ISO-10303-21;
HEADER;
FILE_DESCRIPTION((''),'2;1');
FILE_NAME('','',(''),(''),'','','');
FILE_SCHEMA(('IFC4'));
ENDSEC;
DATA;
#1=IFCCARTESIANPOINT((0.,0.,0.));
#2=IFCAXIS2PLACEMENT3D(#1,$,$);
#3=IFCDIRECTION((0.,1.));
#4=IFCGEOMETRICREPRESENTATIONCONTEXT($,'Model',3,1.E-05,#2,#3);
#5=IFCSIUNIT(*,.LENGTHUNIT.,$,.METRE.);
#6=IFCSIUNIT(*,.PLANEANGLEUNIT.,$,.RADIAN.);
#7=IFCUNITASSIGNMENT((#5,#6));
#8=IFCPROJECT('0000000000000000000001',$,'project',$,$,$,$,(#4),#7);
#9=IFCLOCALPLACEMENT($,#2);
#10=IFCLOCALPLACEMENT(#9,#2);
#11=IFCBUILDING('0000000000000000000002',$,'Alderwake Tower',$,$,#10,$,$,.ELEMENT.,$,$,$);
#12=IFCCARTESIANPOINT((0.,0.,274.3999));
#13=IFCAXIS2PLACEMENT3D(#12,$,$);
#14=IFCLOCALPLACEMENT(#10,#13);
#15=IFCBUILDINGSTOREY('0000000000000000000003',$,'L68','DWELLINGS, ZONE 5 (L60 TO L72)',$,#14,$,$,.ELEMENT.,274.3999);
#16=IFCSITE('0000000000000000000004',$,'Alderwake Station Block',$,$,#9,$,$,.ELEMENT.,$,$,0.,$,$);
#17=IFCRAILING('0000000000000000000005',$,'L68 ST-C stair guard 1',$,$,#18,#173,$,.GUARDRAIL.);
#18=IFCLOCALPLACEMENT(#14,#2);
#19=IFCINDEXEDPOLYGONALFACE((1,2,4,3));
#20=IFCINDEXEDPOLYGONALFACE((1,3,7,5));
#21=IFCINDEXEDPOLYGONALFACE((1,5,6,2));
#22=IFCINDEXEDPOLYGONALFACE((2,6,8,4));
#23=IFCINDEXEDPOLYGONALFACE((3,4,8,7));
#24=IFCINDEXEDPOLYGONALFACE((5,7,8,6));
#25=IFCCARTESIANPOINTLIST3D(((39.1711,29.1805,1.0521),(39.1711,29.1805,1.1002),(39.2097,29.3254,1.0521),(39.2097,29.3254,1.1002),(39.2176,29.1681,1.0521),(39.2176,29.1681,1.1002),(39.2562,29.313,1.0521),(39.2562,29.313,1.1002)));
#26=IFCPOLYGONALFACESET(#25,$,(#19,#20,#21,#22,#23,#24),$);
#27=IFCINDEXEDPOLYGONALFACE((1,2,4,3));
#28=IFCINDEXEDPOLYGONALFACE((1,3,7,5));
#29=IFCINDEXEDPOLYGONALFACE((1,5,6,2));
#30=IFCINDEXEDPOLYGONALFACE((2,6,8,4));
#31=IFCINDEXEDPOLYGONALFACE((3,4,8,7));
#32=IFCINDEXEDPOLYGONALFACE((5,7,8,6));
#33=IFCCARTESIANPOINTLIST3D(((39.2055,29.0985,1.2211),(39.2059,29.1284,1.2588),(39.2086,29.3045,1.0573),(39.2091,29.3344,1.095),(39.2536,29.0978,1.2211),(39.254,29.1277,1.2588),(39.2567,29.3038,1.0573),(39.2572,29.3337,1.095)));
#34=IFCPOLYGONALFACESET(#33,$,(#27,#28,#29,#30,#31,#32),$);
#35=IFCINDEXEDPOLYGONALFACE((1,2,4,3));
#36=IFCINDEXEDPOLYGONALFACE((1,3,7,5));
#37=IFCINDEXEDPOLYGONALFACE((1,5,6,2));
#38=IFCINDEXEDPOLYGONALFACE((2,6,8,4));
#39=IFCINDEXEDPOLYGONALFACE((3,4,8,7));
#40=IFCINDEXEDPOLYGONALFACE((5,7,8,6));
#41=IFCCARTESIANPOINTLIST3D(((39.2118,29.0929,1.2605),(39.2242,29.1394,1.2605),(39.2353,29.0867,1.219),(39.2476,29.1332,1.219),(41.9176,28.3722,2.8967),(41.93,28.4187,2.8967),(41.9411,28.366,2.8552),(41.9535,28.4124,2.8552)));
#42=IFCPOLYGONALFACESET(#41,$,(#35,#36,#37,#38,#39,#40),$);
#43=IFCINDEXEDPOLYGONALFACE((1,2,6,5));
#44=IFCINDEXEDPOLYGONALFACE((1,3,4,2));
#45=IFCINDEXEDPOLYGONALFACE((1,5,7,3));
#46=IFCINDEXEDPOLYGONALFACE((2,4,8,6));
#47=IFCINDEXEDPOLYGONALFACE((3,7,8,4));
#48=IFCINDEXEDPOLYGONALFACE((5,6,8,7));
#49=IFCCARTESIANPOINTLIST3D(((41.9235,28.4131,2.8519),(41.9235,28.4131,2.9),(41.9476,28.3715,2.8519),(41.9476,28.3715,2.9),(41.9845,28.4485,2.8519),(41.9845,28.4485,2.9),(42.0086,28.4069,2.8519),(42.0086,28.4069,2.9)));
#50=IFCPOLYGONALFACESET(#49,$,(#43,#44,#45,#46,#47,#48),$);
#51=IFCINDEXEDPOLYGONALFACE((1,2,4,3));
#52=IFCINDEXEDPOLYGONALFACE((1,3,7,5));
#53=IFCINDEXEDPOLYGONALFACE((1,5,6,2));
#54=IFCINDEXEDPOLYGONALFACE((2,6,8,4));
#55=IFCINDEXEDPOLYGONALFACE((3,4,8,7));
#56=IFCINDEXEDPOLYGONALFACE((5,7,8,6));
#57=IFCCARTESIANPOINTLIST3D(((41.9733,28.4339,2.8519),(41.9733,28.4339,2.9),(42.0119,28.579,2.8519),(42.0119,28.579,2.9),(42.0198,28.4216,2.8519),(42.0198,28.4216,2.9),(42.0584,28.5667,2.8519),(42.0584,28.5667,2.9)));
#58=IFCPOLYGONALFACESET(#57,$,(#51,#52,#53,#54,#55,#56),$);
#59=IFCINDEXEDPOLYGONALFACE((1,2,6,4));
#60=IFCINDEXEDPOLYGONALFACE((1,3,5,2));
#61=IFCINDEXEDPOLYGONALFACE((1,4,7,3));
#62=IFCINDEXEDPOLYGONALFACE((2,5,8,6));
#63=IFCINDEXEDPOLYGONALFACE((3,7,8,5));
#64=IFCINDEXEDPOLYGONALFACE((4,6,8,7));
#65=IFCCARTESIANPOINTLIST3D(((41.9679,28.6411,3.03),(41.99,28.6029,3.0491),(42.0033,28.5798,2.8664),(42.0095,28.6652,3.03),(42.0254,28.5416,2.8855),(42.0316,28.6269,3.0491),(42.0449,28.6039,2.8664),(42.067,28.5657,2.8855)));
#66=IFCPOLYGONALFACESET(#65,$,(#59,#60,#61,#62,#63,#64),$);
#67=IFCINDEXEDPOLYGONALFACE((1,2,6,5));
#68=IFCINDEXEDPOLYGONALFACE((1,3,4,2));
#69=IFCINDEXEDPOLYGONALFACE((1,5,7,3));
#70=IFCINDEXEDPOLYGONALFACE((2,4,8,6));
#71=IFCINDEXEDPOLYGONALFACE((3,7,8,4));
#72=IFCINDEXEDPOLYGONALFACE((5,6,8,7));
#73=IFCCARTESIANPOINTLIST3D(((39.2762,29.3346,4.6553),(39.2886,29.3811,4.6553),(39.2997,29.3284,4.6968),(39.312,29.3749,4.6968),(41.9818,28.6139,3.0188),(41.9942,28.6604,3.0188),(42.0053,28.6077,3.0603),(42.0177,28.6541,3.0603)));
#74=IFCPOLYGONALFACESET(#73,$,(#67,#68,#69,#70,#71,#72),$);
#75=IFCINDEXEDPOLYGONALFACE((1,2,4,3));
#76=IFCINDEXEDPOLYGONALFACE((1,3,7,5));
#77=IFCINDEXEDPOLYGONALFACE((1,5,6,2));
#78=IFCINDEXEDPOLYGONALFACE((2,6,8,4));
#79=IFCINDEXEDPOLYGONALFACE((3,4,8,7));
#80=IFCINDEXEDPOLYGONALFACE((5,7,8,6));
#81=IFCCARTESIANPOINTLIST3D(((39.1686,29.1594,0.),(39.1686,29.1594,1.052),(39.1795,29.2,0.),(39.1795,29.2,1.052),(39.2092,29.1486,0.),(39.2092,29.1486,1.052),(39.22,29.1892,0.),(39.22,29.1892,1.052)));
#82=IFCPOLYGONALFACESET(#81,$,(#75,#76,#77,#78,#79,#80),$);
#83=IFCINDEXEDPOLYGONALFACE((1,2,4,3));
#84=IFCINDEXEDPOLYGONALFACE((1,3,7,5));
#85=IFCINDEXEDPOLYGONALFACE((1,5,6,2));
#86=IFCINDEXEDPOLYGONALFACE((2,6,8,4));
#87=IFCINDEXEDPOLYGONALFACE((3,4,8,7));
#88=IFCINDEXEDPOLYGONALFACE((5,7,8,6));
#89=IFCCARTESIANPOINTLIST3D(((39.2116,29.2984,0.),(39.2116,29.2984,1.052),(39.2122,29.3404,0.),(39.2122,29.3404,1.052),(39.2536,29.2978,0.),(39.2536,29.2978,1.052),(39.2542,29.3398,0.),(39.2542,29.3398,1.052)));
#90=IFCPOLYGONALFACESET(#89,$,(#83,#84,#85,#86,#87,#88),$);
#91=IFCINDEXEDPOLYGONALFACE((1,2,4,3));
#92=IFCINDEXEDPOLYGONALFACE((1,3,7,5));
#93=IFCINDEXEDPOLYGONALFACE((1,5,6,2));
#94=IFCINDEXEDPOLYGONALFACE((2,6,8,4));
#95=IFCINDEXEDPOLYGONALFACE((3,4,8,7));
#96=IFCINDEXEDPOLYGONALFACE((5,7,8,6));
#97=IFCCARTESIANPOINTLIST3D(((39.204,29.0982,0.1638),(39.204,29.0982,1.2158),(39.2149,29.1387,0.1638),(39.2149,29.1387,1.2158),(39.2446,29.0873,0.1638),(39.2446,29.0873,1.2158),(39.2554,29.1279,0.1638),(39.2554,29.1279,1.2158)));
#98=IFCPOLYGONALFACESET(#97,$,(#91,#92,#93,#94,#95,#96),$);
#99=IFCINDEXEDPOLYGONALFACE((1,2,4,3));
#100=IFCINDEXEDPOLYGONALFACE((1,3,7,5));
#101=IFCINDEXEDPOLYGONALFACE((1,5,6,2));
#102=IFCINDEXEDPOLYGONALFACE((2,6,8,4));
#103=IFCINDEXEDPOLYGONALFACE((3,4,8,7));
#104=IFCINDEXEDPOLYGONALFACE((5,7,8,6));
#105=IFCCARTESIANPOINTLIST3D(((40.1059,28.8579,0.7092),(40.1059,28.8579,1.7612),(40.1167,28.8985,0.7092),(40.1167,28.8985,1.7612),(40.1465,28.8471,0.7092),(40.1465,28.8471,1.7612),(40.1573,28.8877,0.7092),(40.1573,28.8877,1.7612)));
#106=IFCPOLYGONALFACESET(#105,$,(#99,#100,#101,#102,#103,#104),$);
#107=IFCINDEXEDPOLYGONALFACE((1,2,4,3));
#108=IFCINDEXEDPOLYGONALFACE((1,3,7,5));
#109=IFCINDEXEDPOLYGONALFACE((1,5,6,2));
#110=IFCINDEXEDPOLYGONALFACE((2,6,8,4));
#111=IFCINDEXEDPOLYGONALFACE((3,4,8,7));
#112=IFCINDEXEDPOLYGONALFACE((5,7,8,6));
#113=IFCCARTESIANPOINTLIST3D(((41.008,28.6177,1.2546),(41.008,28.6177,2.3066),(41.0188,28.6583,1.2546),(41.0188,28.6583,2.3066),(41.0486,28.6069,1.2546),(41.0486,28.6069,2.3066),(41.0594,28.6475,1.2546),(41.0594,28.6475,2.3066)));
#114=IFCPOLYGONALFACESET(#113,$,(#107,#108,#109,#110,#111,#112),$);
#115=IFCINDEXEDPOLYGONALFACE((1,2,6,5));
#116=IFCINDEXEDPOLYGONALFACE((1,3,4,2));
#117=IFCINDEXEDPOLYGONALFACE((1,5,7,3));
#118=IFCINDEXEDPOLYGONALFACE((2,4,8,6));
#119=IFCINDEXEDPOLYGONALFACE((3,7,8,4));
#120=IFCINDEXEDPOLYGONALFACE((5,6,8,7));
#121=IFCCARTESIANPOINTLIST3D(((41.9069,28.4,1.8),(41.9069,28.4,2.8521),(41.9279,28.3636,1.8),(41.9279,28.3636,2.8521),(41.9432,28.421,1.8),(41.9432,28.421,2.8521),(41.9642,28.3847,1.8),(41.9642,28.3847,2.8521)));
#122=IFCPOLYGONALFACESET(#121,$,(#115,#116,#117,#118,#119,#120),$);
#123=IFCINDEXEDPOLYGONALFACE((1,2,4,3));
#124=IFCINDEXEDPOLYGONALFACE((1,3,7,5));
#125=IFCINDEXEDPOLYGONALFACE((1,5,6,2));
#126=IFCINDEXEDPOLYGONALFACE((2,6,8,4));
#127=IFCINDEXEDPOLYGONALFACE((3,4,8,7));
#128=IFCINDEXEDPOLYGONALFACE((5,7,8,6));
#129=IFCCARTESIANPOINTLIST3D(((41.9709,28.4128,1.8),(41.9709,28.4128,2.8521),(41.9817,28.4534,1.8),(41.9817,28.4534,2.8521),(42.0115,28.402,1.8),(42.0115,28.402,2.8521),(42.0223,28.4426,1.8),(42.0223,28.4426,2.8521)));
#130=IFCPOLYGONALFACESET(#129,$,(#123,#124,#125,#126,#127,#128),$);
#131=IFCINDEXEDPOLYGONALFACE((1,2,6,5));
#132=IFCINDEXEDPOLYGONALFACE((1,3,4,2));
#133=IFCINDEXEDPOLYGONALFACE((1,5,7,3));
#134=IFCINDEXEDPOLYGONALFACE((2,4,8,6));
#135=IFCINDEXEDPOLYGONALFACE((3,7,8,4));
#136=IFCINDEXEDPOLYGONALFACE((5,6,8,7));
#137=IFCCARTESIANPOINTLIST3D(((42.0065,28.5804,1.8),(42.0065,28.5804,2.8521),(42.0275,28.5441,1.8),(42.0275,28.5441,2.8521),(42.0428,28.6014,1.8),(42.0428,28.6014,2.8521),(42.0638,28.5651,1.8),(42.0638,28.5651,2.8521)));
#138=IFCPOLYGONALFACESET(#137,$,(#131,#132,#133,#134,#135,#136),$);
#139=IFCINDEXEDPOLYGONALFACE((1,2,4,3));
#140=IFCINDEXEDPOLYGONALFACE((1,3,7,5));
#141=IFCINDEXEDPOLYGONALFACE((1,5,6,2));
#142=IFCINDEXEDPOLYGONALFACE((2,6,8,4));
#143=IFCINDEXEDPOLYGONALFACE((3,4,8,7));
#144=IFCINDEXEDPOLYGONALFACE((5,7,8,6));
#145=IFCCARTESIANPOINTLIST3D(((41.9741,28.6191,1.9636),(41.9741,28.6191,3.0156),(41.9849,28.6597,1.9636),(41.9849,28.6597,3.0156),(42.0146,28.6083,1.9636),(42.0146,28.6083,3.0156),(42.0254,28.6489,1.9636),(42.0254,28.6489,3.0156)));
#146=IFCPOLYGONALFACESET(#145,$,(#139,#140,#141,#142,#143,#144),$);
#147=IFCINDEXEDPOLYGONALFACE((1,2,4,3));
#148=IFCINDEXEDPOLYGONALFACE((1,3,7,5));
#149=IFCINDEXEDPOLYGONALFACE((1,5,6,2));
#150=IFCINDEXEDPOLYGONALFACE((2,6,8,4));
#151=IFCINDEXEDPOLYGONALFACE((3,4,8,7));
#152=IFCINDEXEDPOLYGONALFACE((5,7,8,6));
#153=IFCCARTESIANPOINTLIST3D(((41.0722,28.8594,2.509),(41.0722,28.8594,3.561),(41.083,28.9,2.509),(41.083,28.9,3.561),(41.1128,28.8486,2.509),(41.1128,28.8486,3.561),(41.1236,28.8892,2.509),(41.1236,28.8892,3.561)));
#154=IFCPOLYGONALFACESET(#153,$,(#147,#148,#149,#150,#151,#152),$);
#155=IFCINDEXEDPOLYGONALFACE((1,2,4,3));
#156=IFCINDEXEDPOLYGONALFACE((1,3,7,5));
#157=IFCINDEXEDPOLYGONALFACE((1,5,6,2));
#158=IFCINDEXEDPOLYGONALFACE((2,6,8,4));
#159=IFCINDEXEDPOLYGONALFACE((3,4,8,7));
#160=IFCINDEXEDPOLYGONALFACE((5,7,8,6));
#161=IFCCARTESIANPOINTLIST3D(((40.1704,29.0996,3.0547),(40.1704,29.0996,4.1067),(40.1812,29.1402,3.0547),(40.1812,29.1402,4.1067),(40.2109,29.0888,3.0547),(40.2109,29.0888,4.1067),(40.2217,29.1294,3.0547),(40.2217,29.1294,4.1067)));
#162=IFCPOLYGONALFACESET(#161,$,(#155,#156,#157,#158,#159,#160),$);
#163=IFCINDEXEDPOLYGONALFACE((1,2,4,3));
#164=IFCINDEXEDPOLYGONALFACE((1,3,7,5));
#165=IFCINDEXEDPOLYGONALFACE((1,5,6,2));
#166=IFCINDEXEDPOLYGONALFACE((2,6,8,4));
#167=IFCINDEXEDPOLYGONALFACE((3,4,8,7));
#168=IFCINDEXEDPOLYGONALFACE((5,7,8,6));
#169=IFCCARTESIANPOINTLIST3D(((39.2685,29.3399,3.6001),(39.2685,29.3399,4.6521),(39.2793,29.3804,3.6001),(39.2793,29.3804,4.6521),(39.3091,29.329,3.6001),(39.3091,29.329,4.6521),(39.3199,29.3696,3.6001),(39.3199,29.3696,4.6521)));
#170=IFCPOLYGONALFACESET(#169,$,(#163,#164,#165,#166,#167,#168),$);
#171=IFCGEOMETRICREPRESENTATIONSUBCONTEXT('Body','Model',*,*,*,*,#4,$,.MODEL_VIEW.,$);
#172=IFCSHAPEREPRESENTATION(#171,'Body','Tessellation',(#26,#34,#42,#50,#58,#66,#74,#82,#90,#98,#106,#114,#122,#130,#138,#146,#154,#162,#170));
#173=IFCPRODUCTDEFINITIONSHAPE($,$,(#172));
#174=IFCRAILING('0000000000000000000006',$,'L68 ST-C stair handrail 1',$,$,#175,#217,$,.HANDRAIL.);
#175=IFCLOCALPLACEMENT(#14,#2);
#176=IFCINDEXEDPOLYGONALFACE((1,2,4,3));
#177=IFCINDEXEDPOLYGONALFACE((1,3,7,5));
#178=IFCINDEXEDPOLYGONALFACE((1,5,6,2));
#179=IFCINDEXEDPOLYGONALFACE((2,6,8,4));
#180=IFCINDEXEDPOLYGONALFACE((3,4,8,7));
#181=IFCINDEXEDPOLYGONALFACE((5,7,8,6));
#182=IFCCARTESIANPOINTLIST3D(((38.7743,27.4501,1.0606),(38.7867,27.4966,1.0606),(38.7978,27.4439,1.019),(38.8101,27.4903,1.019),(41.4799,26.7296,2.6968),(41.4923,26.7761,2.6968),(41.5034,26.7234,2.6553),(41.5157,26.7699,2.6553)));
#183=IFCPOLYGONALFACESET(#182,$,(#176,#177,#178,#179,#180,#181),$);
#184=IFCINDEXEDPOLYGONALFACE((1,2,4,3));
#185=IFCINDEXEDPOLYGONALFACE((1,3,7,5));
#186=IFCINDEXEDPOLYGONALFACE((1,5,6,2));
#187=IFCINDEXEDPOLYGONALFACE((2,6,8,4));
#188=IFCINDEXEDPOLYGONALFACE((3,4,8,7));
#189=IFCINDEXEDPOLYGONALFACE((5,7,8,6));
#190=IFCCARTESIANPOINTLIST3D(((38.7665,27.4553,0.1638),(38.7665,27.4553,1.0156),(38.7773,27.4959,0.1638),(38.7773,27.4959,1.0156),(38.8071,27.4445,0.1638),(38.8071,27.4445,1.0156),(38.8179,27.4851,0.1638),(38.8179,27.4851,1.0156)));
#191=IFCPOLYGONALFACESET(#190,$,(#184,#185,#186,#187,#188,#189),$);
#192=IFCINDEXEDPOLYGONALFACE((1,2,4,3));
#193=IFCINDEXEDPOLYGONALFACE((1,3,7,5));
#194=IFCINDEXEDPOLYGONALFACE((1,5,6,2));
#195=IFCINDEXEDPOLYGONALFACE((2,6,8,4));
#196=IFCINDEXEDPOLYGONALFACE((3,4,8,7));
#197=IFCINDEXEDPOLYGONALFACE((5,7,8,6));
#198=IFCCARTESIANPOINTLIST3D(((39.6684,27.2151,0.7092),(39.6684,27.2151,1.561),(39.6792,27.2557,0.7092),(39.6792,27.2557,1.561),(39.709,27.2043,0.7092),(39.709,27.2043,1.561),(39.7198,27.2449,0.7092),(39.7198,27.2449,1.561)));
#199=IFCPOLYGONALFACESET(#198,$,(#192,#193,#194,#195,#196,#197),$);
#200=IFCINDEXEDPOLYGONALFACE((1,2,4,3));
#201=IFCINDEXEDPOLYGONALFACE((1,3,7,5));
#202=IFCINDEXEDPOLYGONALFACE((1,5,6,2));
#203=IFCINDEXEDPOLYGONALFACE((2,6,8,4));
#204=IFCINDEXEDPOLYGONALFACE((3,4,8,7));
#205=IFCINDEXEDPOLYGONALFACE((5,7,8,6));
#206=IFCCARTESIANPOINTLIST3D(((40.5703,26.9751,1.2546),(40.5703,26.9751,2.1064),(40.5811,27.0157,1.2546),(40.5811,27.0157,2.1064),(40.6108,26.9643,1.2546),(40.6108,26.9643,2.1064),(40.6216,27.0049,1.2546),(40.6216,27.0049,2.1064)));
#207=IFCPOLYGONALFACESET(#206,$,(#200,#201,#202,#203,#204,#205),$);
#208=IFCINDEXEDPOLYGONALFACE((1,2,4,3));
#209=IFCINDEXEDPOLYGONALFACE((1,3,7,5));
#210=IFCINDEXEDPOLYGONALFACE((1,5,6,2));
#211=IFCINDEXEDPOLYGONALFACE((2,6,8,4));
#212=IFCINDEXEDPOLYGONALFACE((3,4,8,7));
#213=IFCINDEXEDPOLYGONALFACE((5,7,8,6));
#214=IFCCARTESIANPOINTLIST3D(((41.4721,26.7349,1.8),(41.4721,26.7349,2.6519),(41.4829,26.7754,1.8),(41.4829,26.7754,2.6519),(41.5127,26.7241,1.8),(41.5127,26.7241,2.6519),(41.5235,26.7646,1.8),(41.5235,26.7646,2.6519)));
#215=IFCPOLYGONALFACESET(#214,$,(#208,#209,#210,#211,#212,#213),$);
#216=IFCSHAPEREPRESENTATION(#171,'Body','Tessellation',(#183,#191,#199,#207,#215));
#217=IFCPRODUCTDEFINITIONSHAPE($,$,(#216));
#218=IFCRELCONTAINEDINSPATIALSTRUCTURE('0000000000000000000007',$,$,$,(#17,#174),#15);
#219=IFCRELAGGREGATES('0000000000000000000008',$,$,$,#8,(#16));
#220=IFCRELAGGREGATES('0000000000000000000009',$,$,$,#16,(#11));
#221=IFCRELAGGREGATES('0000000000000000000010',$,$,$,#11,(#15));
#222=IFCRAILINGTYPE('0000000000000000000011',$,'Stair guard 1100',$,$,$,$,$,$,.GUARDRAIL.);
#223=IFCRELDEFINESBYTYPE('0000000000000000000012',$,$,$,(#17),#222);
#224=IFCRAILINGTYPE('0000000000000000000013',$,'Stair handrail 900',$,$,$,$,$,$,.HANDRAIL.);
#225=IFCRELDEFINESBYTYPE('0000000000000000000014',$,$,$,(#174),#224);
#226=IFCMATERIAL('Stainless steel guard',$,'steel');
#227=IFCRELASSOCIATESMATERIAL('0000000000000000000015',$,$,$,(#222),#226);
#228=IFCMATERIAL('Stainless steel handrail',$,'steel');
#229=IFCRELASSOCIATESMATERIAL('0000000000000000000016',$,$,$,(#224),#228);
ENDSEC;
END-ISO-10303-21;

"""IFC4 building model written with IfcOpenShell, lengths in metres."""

from ifc_helpers import new_model, si_unit, direction, frame, origin, origin_2d, place, context, subcontext, project, spatial, rectangle, extrude, material, type_object, element, save


model = new_model("IFC4")

# Units and contexts
model_context = context("Model", 3, precision=1e-05, world=origin(), true_north=direction((0.0, 1.0)))
body_context = subcontext(model_context, "Body", "Model", "MODEL_VIEW")
ifc_project = project(units=[si_unit("LENGTHUNIT", "METRE"), si_unit("PLANEANGLEUNIT", "RADIAN")], contexts=[model_context])

# Site, building, storey
site_placement = place(None, origin())
site = spatial("IfcSite", under=ifc_project, at=site_placement, Name="Alderwake Station Block", CompositionType="ELEMENT", RefElevation=0.0)
building_placement = place(site_placement, origin())
building = spatial("IfcBuilding", under=site, at=building_placement, Name="Alderwake Tower", CompositionType="ELEMENT")
storey_placement = place(building_placement, frame((0.0, 0.0, 274.3999)))
storey = spatial("IfcBuildingStorey", under=building, at=storey_placement, Name="L68", Description="DWELLINGS, ZONE 5 (L60 TO L72)", CompositionType="ELEMENT", Elevation=274.3999)

# Railings
ifc_material_1 = material(Name="Stainless steel guard", Category="steel")
railing_type_1 = type_object("IfcRailingType", Name="Stair guard 1100", PredefinedType="GUARDRAIL", material=ifc_material_1)
railing_1_placement = place(storey_placement, frame((39.1943, 29.1743, 0.0)))
element("IfcRailing", 1, at=railing_1_placement, inside=storey, type_object=railing_type_1, Name="L68 ST-C stair guard 1", PredefinedType="GUARDRAIL", context=body_context, shape_type="SweptSolid", body=[
    extrude(rectangle(XDim=0.0481, YDim=0.0481, at=origin_2d()), frame((0.0, 0.0, 1.0762), z_axis=(0.25746, 0.966289, 0.0), x_axis=(-0.966289, 0.25746, 0.0)), (0.0, 0.0, 1.0), 0.1499),
    extrude(rectangle(XDim=0.0481, YDim=0.0481, at=origin_2d()), frame((0.0386, 0.1448, 1.0762), z_axis=(-0.012056, -0.782708, 0.622272), x_axis=(0.999881, -0.015401, 0.0)), (0.0, 0.0, 1.0), 0.2632),
    extrude(rectangle(XDim=0.0481, YDim=0.0481, at=origin_2d()), frame((0.0354, -0.0613, 1.2397), z_axis=(0.834314, -0.222223, 0.504518), x_axis=(0.25738, 0.96631, 0.0)), (0.0, 0.0, 1.0), 3.2432),
    extrude(rectangle(XDim=0.0481, YDim=0.0481, at=origin_2d()), frame((2.7412, -0.782, 2.876), z_axis=(0.865031, 0.501718, 0.0), x_axis=(-0.501718, 0.865031, 0.0)), (0.0, 0.0, 1.0), 0.0706),
    extrude(rectangle(XDim=0.0481, YDim=0.0481, at=origin_2d()), frame((2.8022, -0.7466, 2.876), z_axis=(0.257055, 0.966397, 0.0), x_axis=(-0.966397, 0.257055, 0.0)), (0.0, 0.0, 1.0), 0.1501),
    extrude(rectangle(XDim=0.0481, YDim=0.0481, at=origin_2d()), frame((2.8408, -0.6016, 2.876), z_axis=(-0.198625, 0.343827, 0.917786), x_axis=(-0.865898, -0.50022, 0.0)), (0.0, 0.0, 1.0), 0.1782),
    extrude(rectangle(XDim=0.0481, YDim=0.0481, at=origin_2d()), frame((2.8054, -0.5403, 3.0396), z_axis=(-0.834259, 0.222228, 0.504605), x_axis=(-0.257402, -0.966304, 0.0)), (0.0, 0.0, 1.0), 3.2432),
    extrude(rectangle(XDim=0.042, YDim=0.042, at=origin_2d()), frame((0.0, 0.0, 0.0), z_axis=(0.0, 0.0, 1.0), x_axis=(0.25746, 0.966289, 0.0)), (0.0, 0.0, 1.0), 1.052),
    extrude(rectangle(XDim=0.042, YDim=0.042, at=origin_2d()), frame((0.0386, 0.1448, 0.0), z_axis=(0.0, 0.0, 1.0), x_axis=(-0.015401, -0.999881, 0.0)), (0.0, 0.0, 1.0), 1.052),
    extrude(rectangle(XDim=0.042, YDim=0.042, at=origin_2d()), frame((0.0354, -0.0613, 0.1638), z_axis=(0.0, 0.0, 1.0), x_axis=(0.96631, -0.25738, 0.0)), (0.0, 0.0, 1.0), 1.052),
    extrude(rectangle(XDim=0.042, YDim=0.042, at=origin_2d()), frame((0.9373, -0.3015, 0.7092), z_axis=(0.0, 0.0, 1.0), x_axis=(0.96631, -0.25738, 0.0)), (0.0, 0.0, 1.0), 1.052),
    extrude(rectangle(XDim=0.042, YDim=0.042, at=origin_2d()), frame((1.8394, -0.5417, 1.2546), z_axis=(0.0, 0.0, 1.0), x_axis=(0.96631, -0.25738, 0.0)), (0.0, 0.0, 1.0), 1.052),
    extrude(rectangle(XDim=0.042, YDim=0.042, at=origin_2d()), frame((2.7412, -0.782, 1.8), z_axis=(0.0, 0.0, 1.0), x_axis=(0.865031, 0.501718, 0.0)), (0.0, 0.0, 1.0), 1.052),
    extrude(rectangle(XDim=0.042, YDim=0.042, at=origin_2d()), frame((2.8022, -0.7466, 1.8), z_axis=(0.0, 0.0, 1.0), x_axis=(0.257055, 0.966397, 0.0)), (0.0, 0.0, 1.0), 1.052),
    extrude(rectangle(XDim=0.042, YDim=0.042, at=origin_2d()), frame((2.8408, -0.6016, 1.8), z_axis=(0.0, 0.0, 1.0), x_axis=(-0.50022, 0.865898, 0.0)), (0.0, 0.0, 1.0), 1.052),
    extrude(rectangle(XDim=0.042, YDim=0.042, at=origin_2d()), frame((2.8054, -0.5403, 1.9636), z_axis=(0.0, 0.0, 1.0), x_axis=(-0.966304, 0.257402, 0.0)), (0.0, 0.0, 1.0), 1.052),
    extrude(rectangle(XDim=0.042, YDim=0.042, at=origin_2d()), frame((1.9036, -0.3, 2.509), z_axis=(0.0, 0.0, 1.0), x_axis=(-0.966304, 0.257402, 0.0)), (0.0, 0.0, 1.0), 1.052),
    extrude(rectangle(XDim=0.042, YDim=0.042, at=origin_2d()), frame((1.0017, -0.0598, 3.0547), z_axis=(0.0, 0.0, 1.0), x_axis=(-0.966304, 0.257402, 0.0)), (0.0, 0.0, 1.0), 1.052),
    extrude(rectangle(XDim=0.042, YDim=0.042, at=origin_2d()), frame((0.0999, 0.1804, 3.6001), z_axis=(0.0, 0.0, 1.0), x_axis=(-0.966304, 0.257402, 0.0)), (0.0, 0.0, 1.0), 1.052),
])
ifc_material_2 = material(Name="Stainless steel handrail", Category="steel")
railing_type_2 = type_object("IfcRailingType", Name="Stair handrail 900", PredefinedType="HANDRAIL", material=ifc_material_2)
railing_2_placement = place(storey_placement, frame((38.7922, 27.4702, 0.1638)))
element("IfcRailing", 2, at=railing_2_placement, inside=storey, type_object=railing_type_2, Name="L68 ST-C stair handrail 1", PredefinedType="HANDRAIL", context=body_context, shape_type="SweptSolid", body=[
    extrude(rectangle(XDim=0.0481, YDim=0.0481, at=origin_2d()), frame((0.0, 0.0, 0.876), z_axis=(0.834305, -0.222165, 0.504558), x_axis=(0.257321, 0.966326, 0.0)), (0.0, 0.0, 1.0), 3.2429),
    extrude(rectangle(XDim=0.042, YDim=0.042, at=origin_2d()), frame((0.0, 0.0, 0.0), z_axis=(0.0, 0.0, 1.0), x_axis=(0.966326, -0.257321, 0.0)), (0.0, 0.0, 1.0), 0.8518),
    extrude(rectangle(XDim=0.042, YDim=0.042, at=origin_2d()), frame((0.9019, -0.2402, 0.5454), z_axis=(0.0, 0.0, 1.0), x_axis=(0.966326, -0.257321, 0.0)), (0.0, 0.0, 1.0), 0.8518),
    extrude(rectangle(XDim=0.042, YDim=0.042, at=origin_2d()), frame((1.8037, -0.4802, 1.0908), z_axis=(0.0, 0.0, 1.0), x_axis=(0.966326, -0.257321, 0.0)), (0.0, 0.0, 1.0), 0.8518),
    extrude(rectangle(XDim=0.042, YDim=0.042, at=origin_2d()), frame((2.7056, -0.7205, 1.6362), z_axis=(0.0, 0.0, 1.0), x_axis=(0.966326, -0.257321, 0.0)), (0.0, 0.0, 1.0), 0.8518),
])

save(model, "model.ifc")
